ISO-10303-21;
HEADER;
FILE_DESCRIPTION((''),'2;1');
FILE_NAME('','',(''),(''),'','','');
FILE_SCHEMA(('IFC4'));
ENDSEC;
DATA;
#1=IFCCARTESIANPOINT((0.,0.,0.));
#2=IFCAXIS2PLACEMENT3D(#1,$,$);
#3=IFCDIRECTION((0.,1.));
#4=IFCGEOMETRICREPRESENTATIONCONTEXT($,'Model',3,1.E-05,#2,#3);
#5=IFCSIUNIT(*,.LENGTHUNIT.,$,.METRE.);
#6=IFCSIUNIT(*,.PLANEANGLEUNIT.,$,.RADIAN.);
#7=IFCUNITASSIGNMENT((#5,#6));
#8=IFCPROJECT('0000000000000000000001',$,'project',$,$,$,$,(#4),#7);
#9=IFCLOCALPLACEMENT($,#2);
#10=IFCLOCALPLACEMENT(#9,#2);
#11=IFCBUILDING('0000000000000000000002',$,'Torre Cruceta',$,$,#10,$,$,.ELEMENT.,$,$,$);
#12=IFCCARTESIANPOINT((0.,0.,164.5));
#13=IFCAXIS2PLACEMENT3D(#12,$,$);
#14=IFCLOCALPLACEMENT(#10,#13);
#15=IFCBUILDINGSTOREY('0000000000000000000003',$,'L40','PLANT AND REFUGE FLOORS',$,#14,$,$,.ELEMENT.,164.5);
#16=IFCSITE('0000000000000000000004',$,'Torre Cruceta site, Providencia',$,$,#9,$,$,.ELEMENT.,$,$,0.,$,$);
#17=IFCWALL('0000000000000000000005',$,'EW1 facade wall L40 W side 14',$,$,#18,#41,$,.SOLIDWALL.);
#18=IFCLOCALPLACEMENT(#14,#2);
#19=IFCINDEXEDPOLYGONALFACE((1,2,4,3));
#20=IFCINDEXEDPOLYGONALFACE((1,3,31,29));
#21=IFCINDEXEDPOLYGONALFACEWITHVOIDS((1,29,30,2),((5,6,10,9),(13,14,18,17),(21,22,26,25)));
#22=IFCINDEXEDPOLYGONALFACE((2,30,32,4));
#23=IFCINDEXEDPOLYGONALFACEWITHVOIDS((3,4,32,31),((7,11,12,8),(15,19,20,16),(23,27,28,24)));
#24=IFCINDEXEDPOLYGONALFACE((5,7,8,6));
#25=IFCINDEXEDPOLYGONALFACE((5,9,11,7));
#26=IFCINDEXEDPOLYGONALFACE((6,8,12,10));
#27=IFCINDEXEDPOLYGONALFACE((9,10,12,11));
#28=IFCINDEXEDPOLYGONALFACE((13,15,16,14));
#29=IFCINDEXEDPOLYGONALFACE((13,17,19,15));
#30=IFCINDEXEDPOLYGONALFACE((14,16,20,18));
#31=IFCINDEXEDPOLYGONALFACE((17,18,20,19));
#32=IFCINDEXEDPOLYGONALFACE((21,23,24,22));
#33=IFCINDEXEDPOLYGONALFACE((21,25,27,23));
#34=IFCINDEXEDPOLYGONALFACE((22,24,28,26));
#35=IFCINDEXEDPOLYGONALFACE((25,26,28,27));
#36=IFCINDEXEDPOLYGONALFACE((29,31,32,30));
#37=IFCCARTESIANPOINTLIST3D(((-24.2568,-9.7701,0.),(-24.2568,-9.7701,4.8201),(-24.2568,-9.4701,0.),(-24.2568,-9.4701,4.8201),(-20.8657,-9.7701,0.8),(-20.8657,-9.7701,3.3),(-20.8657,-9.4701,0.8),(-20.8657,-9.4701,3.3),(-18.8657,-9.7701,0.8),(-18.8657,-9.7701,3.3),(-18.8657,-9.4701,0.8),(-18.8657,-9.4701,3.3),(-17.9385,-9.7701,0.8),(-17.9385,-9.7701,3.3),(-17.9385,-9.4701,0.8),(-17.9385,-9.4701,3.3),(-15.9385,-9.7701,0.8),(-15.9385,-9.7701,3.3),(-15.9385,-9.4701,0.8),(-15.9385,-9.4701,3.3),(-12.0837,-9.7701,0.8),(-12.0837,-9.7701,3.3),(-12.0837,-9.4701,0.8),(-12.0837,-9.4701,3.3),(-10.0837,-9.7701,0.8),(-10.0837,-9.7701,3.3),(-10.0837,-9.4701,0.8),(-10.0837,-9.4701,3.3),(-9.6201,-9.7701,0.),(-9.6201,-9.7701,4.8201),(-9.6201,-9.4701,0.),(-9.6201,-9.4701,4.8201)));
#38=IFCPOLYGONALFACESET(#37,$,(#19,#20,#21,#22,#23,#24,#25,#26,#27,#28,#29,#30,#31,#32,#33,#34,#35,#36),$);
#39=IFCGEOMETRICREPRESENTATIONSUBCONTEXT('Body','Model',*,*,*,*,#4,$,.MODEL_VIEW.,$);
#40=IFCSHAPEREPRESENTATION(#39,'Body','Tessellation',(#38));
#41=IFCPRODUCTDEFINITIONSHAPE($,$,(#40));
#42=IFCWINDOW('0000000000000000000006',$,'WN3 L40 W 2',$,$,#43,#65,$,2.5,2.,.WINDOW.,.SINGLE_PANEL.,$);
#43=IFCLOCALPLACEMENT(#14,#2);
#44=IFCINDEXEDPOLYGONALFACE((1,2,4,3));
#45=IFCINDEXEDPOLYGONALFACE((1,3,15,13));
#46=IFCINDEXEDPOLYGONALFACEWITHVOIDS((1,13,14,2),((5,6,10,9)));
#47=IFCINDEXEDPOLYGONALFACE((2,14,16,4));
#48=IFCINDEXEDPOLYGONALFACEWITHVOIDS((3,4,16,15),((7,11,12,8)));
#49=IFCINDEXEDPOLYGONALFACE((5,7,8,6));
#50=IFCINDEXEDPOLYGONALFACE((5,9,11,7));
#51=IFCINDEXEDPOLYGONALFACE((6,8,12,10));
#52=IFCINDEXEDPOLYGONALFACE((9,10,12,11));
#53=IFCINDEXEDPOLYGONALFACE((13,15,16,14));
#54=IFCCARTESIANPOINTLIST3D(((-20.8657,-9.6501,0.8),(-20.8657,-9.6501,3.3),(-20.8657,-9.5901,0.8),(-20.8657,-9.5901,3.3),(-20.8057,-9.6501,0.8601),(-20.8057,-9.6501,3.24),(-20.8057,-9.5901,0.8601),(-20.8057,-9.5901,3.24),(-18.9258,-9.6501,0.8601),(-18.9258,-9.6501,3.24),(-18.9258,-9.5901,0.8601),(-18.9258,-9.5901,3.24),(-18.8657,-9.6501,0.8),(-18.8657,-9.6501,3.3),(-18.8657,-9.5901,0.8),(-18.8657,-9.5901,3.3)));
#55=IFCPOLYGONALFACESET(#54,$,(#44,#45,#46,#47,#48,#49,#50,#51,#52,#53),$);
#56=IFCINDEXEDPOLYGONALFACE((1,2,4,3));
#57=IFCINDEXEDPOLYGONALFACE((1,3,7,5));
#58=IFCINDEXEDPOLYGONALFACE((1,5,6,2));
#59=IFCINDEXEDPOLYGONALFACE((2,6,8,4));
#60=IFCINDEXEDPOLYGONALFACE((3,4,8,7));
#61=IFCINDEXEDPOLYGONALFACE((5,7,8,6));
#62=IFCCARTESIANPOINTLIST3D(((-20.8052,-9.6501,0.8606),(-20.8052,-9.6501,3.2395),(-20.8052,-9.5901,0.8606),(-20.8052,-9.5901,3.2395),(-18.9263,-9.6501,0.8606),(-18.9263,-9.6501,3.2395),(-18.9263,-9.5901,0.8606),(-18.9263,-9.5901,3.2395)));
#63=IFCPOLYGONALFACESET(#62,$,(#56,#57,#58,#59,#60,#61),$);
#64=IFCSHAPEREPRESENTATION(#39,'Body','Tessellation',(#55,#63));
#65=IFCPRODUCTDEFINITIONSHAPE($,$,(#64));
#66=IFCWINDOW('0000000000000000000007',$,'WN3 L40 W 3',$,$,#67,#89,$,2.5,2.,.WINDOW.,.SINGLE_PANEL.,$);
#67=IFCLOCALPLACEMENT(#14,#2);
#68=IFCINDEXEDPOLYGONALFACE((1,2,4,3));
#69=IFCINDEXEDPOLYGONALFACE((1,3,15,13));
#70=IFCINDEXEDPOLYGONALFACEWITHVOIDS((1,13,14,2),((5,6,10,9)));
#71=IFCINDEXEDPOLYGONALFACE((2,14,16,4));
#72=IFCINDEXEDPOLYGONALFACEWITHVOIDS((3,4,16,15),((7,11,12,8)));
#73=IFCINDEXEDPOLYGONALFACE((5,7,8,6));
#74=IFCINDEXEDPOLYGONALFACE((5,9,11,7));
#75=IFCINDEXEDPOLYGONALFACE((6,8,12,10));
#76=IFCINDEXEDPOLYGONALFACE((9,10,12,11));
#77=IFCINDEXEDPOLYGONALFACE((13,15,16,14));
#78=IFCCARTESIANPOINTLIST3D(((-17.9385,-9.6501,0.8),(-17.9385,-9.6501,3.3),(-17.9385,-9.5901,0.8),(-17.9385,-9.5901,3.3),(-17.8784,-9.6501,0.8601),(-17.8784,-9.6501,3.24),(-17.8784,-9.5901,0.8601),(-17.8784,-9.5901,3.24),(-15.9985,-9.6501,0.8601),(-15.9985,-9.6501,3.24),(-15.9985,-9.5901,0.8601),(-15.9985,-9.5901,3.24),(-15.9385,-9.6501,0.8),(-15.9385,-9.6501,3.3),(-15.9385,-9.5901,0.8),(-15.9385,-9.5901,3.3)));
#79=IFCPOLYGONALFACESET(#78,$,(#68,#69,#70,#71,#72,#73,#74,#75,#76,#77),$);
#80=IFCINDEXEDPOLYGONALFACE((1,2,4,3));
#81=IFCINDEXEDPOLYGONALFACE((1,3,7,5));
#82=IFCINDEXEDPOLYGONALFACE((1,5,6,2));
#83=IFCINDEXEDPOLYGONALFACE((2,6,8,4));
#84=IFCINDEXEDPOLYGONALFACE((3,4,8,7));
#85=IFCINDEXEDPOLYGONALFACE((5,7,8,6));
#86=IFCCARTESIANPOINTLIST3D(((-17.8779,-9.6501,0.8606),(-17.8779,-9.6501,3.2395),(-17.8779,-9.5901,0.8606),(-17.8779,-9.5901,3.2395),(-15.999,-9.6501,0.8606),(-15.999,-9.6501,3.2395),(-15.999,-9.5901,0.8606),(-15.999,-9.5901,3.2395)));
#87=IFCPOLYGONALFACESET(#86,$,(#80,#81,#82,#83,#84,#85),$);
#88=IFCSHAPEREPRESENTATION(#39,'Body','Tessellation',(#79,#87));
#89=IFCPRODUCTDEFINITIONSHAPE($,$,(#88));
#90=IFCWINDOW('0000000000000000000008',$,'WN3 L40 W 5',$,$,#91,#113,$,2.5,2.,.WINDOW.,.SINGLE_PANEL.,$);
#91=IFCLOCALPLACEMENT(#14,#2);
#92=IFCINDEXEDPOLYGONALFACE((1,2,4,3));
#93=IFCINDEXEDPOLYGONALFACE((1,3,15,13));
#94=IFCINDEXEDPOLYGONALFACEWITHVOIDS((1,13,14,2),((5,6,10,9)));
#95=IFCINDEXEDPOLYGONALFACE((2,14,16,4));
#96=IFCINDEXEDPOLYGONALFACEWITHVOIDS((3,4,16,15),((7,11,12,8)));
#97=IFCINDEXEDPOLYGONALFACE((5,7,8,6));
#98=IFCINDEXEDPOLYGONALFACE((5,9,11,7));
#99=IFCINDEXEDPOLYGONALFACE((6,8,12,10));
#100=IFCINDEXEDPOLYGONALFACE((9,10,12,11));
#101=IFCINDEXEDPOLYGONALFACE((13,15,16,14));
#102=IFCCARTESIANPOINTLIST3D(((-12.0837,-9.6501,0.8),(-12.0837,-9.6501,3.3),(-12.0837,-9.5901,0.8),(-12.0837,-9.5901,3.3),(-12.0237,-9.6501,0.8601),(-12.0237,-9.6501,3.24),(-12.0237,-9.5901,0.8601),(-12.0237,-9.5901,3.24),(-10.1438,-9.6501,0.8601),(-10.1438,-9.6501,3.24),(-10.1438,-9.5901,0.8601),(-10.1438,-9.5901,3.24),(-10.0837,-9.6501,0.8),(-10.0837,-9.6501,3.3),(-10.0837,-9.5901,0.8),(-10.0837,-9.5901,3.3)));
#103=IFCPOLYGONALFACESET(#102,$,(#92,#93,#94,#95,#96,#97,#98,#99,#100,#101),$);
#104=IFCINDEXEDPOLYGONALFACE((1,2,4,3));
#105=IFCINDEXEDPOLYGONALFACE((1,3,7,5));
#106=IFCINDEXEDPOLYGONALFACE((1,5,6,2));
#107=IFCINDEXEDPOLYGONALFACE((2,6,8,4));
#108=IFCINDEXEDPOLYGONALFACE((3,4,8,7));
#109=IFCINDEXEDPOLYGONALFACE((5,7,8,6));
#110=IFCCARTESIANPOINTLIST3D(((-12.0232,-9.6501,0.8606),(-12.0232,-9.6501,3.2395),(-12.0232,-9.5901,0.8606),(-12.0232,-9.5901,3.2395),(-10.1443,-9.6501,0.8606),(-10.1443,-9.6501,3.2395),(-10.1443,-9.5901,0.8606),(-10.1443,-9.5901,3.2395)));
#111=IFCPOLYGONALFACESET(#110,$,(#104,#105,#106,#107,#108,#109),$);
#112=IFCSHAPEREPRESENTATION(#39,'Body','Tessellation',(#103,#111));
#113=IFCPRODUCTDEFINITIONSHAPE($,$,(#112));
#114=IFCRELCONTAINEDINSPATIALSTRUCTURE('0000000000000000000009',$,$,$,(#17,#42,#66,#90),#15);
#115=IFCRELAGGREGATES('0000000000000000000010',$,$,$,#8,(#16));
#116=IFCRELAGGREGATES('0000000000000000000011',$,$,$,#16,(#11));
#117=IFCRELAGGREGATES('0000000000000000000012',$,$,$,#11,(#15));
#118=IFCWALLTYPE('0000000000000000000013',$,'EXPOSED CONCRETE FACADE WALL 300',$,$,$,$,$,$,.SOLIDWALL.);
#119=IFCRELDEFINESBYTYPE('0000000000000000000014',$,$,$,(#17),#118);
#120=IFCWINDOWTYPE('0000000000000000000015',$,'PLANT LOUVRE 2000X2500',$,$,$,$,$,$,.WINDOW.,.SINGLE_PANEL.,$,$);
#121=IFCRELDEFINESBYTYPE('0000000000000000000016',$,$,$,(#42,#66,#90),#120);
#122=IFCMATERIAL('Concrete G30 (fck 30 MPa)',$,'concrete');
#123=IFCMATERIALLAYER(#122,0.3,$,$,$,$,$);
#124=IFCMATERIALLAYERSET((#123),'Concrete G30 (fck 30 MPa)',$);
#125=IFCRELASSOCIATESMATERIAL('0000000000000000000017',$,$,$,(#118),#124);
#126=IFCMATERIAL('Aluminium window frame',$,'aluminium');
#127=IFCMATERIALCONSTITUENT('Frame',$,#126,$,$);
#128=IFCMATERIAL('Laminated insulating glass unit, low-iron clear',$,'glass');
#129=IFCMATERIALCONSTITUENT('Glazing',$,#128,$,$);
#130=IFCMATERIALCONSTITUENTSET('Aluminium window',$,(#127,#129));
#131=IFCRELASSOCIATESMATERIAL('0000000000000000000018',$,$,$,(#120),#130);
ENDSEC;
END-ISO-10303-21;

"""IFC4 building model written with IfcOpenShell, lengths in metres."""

from ifc_helpers import new_model, si_unit, direction, frame, frame_2d, origin, place, context, subcontext, project, spatial, rectangle, hollow_rectangle, extrude, material, layer, layer_set, constituent, constituent_set, type_object, element, fill, save


model = new_model("IFC4")

# Units and contexts
model_context = context("Model", 3, precision=1e-05, world=origin(), true_north=direction((0.0, 1.0)))
body_context = subcontext(model_context, "Body", "Model", "MODEL_VIEW")
ifc_project = project(units=[si_unit("LENGTHUNIT", "METRE"), si_unit("PLANEANGLEUNIT", "RADIAN")], contexts=[model_context])

# Site, building, storey
site_placement = place(None, origin())
site = spatial("IfcSite", under=ifc_project, at=site_placement, Name="Torre Cruceta site, Providencia", CompositionType="ELEMENT", RefElevation=0.0)
building_placement = place(site_placement, origin())
building = spatial("IfcBuilding", under=site, at=building_placement, Name="Torre Cruceta", CompositionType="ELEMENT")
storey_placement = place(building_placement, frame((0.0, 0.0, 164.5)))
storey = spatial("IfcBuildingStorey", under=building, at=storey_placement, Name="L40", Description="PLANT AND REFUGE FLOORS", CompositionType="ELEMENT", Elevation=164.5)

# Shared definitions
ifc_material_1 = material(Name="Concrete G30 (fck 30 MPa)", Category="concrete")
ifc_layer = layer(ifc_material_1, 0.3)
ifc_layer_set = layer_set([ifc_layer], Name="Concrete G30 (fck 30 MPa)")
wall_type = type_object("IfcWallType", Name="EXPOSED CONCRETE FACADE WALL 300", PredefinedType="SOLIDWALL", material=ifc_layer_set)

# Wall, openings, windows
wall_1_placement = place(storey_placement, frame((-24.2568, -9.6201, 0.0), z_axis=(0.0, 0.0, 1.0), x_axis=(1.0, 0.0, 0.0)))
wall_1 = element("IfcWall", 1, at=wall_1_placement, inside=storey, type_object=wall_type, Name="EW1 facade wall L40 W side 14", PredefinedType="SOLIDWALL", context=body_context, shape_type="SweptSolid", body=[
    extrude(rectangle(XDim=14.6367, YDim=0.3, at=frame_2d((7.3184, 0.0))), origin(), (0.0, 0.0, 1.0), 4.8201),
])
opening_1_placement = place(wall_1_placement, frame((3.3911, 0.0, 0.8)))
opening_1 = element("IfcOpeningElement", 2, at=opening_1_placement, cuts=wall_1, PredefinedType="OPENING", context=body_context, shape_type="SweptSolid", body=[
    extrude(rectangle(XDim=2.0, YDim=2.5, at=frame_2d((1.0, 1.25))), frame((0.0, 0.1599, 0.0), z_axis=(0.0, -1.0, 0.0), x_axis=(1.0, 0.0, 0.0)), (0.0, 0.0, 1.0), 0.3201),
])
opening_2_placement = place(wall_1_placement, frame((6.3184, 0.0, 0.8)))
opening_2 = element("IfcOpeningElement", 3, at=opening_2_placement, cuts=wall_1, PredefinedType="OPENING", context=body_context, shape_type="SweptSolid", body=[
    extrude(rectangle(XDim=2.0, YDim=2.5, at=frame_2d((1.0, 1.25))), frame((0.0, 0.1599, 0.0), z_axis=(0.0, -1.0, 0.0), x_axis=(1.0, 0.0, 0.0)), (0.0, 0.0, 1.0), 0.3201),
])
opening_3_placement = place(wall_1_placement, frame((12.1731, 0.0, 0.8)))
opening_3 = element("IfcOpeningElement", 4, at=opening_3_placement, cuts=wall_1, PredefinedType="OPENING", context=body_context, shape_type="SweptSolid", body=[
    extrude(rectangle(XDim=2.0, YDim=2.5, at=frame_2d((1.0, 1.25))), frame((0.0, 0.1599, 0.0), z_axis=(0.0, -1.0, 0.0), x_axis=(1.0, 0.0, 0.0)), (0.0, 0.0, 1.0), 0.3201),
])
ifc_material_2 = material(Name="Aluminium window frame", Category="aluminium")
ifc_constituent_1 = constituent(ifc_material_2, Name="Frame")
ifc_material_3 = material(Name="Laminated insulating glass unit, low-iron clear", Category="glass")
ifc_constituent_2 = constituent(ifc_material_3, Name="Glazing")
ifc_constituent_set = constituent_set(constituents=[ifc_constituent_1, ifc_constituent_2], Name="Aluminium window")
window_type = type_object("IfcWindowType", Name="PLANT LOUVRE 2000X2500", PartitioningType="SINGLE_PANEL", PredefinedType="WINDOW", material=ifc_constituent_set)
window_1_placement = place(opening_1_placement, origin())
window_1 = element("IfcWindow", 5, at=window_1_placement, inside=storey, type_object=window_type, Name="WN3 L40 W 2", OverallHeight=2.5, OverallWidth=2.0, PartitioningType="SINGLE_PANEL", PredefinedType="WINDOW", context=body_context, shape_type="SweptSolid", body=[
    extrude(hollow_rectangle(XDim=2.0, YDim=2.5, WallThickness=0.0601, at=frame_2d((1.0, 1.25))), frame((0.0, 0.03, 0.0), z_axis=(0.0, -1.0, 0.0), x_axis=(1.0, 0.0, 0.0)), (0.0, 0.0, 1.0), 0.0601),
    extrude(rectangle(XDim=1.8789, YDim=2.3789, at=frame_2d((1.0, 1.25))), frame((0.0, 0.03, 0.0), z_axis=(0.0, -1.0, 0.0), x_axis=(1.0, 0.0, 0.0)), (0.0, 0.0, 1.0), 0.0601),
])
fill(opening_1, window_1)
window_2_placement = place(opening_2_placement, origin())
window_2 = element("IfcWindow", 6, at=window_2_placement, inside=storey, type_object=window_type, Name="WN3 L40 W 3", OverallHeight=2.5, OverallWidth=2.0, PartitioningType="SINGLE_PANEL", PredefinedType="WINDOW", context=body_context, shape_type="SweptSolid", body=[
    extrude(hollow_rectangle(XDim=2.0, YDim=2.5, WallThickness=0.0601, at=frame_2d((1.0, 1.25))), frame((0.0, 0.03, 0.0), z_axis=(0.0, -1.0, 0.0), x_axis=(1.0, 0.0, 0.0)), (0.0, 0.0, 1.0), 0.0601),
    extrude(rectangle(XDim=1.8789, YDim=2.3789, at=frame_2d((1.0, 1.25))), frame((0.0, 0.03, 0.0), z_axis=(0.0, -1.0, 0.0), x_axis=(1.0, 0.0, 0.0)), (0.0, 0.0, 1.0), 0.0601),
])
fill(opening_2, window_2)
window_3_placement = place(opening_3_placement, origin())
window_3 = element("IfcWindow", 7, at=window_3_placement, inside=storey, type_object=window_type, Name="WN3 L40 W 5", OverallHeight=2.5, OverallWidth=2.0, PartitioningType="SINGLE_PANEL", PredefinedType="WINDOW", context=body_context, shape_type="SweptSolid", body=[
    extrude(hollow_rectangle(XDim=2.0, YDim=2.5, WallThickness=0.0601, at=frame_2d((1.0, 1.25))), frame((0.0, 0.03, 0.0), z_axis=(0.0, -1.0, 0.0), x_axis=(1.0, 0.0, 0.0)), (0.0, 0.0, 1.0), 0.0601),
    extrude(rectangle(XDim=1.8789, YDim=2.3789, at=frame_2d((1.0, 1.25))), frame((0.0, 0.03, 0.0), z_axis=(0.0, -1.0, 0.0), x_axis=(1.0, 0.0, 0.0)), (0.0, 0.0, 1.0), 0.0601),
])
fill(opening_3, window_3)

save(model, "model.ifc")
